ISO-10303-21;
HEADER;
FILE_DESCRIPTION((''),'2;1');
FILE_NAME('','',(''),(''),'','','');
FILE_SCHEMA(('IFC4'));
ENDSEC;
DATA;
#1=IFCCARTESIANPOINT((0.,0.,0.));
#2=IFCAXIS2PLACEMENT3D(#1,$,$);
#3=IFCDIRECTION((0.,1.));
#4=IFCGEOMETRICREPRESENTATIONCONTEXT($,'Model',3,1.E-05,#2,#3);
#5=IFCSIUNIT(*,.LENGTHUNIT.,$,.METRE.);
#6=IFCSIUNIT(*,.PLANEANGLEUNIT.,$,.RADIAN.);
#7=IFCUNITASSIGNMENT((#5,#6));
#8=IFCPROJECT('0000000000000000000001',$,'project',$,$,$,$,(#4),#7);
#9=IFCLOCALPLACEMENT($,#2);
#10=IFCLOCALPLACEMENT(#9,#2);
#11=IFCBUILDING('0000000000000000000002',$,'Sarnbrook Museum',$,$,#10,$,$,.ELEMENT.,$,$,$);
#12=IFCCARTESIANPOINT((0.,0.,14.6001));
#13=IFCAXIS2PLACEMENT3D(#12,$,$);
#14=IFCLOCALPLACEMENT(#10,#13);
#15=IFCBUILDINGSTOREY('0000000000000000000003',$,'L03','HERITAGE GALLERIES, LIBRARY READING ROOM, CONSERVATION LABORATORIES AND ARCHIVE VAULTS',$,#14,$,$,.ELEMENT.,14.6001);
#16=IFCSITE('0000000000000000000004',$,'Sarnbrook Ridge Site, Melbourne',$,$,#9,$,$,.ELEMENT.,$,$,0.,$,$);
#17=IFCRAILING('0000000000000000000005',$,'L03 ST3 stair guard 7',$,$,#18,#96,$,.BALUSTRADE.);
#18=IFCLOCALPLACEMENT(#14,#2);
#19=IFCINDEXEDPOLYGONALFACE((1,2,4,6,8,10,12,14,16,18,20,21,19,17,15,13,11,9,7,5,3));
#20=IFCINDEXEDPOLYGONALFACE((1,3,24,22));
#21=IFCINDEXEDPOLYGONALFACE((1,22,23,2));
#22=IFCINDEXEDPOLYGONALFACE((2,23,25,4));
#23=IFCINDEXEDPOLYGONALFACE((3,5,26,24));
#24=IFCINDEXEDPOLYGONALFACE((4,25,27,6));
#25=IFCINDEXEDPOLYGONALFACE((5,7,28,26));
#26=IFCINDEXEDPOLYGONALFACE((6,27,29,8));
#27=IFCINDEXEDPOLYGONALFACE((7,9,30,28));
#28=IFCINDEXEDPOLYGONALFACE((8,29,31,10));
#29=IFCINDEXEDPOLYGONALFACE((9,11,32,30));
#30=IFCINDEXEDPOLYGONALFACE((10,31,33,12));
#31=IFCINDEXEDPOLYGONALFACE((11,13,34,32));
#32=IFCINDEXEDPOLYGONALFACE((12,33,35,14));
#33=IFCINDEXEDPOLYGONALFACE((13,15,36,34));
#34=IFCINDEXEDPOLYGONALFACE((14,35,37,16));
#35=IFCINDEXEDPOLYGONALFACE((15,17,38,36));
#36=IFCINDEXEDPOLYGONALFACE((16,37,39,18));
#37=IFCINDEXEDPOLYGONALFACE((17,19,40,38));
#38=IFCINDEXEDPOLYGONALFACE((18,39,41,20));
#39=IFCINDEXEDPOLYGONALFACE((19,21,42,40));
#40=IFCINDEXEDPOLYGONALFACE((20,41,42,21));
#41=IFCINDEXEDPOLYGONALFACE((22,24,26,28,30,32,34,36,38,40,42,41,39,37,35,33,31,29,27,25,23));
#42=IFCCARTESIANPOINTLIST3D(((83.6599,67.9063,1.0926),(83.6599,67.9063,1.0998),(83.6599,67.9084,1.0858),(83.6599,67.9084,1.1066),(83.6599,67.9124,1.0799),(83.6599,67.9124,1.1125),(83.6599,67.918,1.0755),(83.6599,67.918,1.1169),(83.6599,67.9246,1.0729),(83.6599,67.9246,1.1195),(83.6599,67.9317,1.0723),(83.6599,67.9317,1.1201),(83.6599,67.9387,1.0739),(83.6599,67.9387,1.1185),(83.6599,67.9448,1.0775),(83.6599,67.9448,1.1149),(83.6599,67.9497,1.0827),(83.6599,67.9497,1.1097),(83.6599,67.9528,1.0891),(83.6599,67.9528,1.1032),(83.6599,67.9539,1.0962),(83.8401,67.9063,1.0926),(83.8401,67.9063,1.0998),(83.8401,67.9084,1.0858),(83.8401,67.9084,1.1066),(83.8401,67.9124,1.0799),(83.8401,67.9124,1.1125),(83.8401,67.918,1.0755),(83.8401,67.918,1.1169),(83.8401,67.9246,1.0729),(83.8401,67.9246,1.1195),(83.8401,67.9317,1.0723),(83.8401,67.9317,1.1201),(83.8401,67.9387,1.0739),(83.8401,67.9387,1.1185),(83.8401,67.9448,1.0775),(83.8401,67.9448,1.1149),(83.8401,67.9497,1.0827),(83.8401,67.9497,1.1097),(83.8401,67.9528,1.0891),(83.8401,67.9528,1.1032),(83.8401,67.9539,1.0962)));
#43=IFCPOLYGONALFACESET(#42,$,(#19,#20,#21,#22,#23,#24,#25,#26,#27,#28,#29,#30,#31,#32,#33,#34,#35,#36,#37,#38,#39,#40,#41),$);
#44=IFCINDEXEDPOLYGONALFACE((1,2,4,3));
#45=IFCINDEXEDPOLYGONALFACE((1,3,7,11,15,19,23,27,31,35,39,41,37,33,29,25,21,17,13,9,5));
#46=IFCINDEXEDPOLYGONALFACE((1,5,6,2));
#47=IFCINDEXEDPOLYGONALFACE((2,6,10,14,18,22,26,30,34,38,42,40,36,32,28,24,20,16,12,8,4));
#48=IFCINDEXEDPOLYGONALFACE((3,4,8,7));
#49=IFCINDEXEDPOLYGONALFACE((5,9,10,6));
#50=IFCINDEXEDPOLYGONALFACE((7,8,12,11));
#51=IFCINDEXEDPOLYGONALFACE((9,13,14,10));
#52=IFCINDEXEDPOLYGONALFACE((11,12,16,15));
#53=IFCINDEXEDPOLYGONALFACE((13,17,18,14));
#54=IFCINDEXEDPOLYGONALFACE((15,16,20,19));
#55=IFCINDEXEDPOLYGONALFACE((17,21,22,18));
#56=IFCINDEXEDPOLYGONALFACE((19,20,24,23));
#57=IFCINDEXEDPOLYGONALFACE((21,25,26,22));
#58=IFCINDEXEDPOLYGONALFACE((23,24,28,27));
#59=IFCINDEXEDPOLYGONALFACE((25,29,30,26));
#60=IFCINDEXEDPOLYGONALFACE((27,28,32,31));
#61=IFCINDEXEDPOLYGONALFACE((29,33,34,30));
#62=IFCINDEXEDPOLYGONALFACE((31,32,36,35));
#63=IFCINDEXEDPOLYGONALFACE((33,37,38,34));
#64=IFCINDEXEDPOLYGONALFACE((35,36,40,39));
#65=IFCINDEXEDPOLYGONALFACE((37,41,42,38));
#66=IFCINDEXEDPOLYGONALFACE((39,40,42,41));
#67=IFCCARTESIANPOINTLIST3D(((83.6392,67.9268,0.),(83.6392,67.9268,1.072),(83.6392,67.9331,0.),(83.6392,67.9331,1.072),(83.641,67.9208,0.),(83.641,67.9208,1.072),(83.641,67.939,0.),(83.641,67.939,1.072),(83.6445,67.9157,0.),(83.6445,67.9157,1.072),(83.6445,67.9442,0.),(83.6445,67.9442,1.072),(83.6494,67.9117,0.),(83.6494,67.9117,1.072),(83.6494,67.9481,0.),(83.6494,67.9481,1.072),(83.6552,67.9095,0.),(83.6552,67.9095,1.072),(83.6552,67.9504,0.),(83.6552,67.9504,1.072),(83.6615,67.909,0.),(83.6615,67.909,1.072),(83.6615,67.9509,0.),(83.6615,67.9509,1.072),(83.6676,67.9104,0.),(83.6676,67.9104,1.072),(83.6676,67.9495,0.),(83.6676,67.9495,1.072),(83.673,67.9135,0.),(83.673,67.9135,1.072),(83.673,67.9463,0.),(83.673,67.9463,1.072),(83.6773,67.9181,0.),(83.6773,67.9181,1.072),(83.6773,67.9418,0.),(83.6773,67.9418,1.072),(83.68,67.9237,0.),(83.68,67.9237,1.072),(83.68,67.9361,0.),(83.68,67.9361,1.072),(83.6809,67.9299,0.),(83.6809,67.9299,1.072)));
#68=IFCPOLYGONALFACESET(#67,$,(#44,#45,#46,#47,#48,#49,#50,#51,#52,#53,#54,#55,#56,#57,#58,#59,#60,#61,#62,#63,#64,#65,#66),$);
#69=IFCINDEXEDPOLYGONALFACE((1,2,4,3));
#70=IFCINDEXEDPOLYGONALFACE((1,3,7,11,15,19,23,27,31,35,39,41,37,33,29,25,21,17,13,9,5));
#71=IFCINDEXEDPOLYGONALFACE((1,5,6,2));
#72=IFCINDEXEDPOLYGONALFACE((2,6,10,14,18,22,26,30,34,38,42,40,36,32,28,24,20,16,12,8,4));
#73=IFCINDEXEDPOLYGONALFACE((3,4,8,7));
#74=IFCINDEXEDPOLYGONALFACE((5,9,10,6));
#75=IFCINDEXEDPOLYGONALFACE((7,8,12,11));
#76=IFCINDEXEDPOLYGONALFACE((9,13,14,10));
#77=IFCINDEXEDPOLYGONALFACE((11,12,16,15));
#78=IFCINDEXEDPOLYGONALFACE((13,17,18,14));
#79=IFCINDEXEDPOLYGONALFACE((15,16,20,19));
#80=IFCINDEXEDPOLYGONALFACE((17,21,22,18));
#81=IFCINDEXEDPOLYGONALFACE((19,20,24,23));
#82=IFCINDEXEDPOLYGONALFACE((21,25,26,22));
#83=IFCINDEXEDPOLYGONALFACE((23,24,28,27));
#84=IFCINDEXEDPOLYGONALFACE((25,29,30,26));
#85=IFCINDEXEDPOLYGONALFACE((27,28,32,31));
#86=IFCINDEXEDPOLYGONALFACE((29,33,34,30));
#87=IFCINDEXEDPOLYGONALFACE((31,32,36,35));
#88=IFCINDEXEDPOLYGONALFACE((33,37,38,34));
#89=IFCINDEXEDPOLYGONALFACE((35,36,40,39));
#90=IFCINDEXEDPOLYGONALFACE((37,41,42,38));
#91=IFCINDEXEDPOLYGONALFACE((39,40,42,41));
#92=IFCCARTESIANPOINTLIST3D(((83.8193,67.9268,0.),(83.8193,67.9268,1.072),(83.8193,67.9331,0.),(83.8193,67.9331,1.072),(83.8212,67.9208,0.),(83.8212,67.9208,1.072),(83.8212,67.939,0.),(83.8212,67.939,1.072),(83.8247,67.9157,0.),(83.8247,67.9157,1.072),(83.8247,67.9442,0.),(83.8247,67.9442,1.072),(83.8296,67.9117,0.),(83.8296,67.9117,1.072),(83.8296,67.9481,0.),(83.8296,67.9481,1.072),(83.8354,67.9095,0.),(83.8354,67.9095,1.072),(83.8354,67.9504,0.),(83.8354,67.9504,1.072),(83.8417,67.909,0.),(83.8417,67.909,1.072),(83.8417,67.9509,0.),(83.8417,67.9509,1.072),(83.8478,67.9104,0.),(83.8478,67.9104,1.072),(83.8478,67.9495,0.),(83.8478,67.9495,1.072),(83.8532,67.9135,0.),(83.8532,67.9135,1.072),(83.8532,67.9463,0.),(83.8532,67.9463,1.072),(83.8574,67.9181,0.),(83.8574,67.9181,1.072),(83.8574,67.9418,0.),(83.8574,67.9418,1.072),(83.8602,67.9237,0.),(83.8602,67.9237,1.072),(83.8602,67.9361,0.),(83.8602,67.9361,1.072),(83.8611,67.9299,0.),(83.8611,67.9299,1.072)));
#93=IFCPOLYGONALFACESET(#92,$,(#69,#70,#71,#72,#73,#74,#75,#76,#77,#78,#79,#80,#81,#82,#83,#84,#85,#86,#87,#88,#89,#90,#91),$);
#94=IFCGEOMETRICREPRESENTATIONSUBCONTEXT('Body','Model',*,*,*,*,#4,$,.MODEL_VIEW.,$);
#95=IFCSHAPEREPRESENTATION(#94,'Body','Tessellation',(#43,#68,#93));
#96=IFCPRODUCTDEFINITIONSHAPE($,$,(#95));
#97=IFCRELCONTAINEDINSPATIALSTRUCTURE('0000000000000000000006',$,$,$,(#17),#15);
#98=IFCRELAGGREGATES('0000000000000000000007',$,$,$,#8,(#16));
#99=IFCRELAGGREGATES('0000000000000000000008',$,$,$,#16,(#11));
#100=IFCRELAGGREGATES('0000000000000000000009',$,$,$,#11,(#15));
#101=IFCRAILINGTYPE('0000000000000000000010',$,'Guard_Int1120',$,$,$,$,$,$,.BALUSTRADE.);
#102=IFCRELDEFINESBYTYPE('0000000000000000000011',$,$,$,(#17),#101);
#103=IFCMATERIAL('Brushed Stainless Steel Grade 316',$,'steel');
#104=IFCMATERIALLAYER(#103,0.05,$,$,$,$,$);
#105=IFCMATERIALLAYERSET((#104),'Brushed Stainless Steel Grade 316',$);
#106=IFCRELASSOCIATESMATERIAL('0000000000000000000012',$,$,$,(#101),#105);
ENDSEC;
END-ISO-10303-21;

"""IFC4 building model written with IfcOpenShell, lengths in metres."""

from ifc_helpers import new_model, si_unit, direction, frame, origin, origin_2d, place, context, subcontext, project, spatial, circle, extrude, material, layer, layer_set, type_object, element, save


model = new_model("IFC4")

# Units and contexts
model_context = context("Model", 3, precision=1e-05, world=origin(), true_north=direction((0.0, 1.0)))
body_context = subcontext(model_context, "Body", "Model", "MODEL_VIEW")
ifc_project = project(units=[si_unit("LENGTHUNIT", "METRE"), si_unit("PLANEANGLEUNIT", "RADIAN")], contexts=[model_context])

# Site, building, storey
site_placement = place(None, origin())
site = spatial("IfcSite", under=ifc_project, at=site_placement, Name="Sarnbrook Ridge Site, Melbourne", CompositionType="ELEMENT", RefElevation=0.0)
building_placement = place(site_placement, origin())
building = spatial("IfcBuilding", under=site, at=building_placement, Name="Sarnbrook Museum", CompositionType="ELEMENT")
storey_placement = place(building_placement, frame((0.0, 0.0, 14.6001)))
storey = spatial("IfcBuildingStorey", under=building, at=storey_placement, Name="L03", Description="HERITAGE GALLERIES, LIBRARY READING ROOM, CONSERVATION LABORATORIES AND ARCHIVE VAULTS", CompositionType="ELEMENT", Elevation=14.6001)

# Railing
ifc_material_1 = material(Name="Brushed Stainless Steel Grade 316", Category="steel")
ifc_layer_1 = layer(ifc_material_1, 0.05)
ifc_layer_set_1 = layer_set([ifc_layer_1], Name="Brushed Stainless Steel Grade 316")
railing_type_1 = type_object("IfcRailingType", Name="Guard_Int1120", PredefinedType="BALUSTRADE", material=ifc_layer_set_1)
railing_1_placement = place(storey_placement, frame((83.6599, 67.9299, 0.0)))
element("IfcRailing", 1, at=railing_1_placement, inside=storey, type_object=railing_type_1, Name="L03 ST3 stair guard 7", PredefinedType="BALUSTRADE", context=body_context, shape_type="SweptSolid", body=[
    extrude(circle(Radius=0.0239, at=origin_2d()), frame((0.0, 0.0, 1.0962), z_axis=(1.0, 0.0, 0.0), x_axis=(0.0, 1.0, 0.0)), (0.0, 0.0, 1.0), 0.1802),
    extrude(circle(Radius=0.021, at=origin_2d()), origin(), (0.0, 0.0, 1.0), 1.072),
    extrude(circle(Radius=0.021, at=origin_2d()), frame((0.1802, 0.0, 0.0)), (0.0, 0.0, 1.0), 1.072),
])

save(model, "model.ifc")
